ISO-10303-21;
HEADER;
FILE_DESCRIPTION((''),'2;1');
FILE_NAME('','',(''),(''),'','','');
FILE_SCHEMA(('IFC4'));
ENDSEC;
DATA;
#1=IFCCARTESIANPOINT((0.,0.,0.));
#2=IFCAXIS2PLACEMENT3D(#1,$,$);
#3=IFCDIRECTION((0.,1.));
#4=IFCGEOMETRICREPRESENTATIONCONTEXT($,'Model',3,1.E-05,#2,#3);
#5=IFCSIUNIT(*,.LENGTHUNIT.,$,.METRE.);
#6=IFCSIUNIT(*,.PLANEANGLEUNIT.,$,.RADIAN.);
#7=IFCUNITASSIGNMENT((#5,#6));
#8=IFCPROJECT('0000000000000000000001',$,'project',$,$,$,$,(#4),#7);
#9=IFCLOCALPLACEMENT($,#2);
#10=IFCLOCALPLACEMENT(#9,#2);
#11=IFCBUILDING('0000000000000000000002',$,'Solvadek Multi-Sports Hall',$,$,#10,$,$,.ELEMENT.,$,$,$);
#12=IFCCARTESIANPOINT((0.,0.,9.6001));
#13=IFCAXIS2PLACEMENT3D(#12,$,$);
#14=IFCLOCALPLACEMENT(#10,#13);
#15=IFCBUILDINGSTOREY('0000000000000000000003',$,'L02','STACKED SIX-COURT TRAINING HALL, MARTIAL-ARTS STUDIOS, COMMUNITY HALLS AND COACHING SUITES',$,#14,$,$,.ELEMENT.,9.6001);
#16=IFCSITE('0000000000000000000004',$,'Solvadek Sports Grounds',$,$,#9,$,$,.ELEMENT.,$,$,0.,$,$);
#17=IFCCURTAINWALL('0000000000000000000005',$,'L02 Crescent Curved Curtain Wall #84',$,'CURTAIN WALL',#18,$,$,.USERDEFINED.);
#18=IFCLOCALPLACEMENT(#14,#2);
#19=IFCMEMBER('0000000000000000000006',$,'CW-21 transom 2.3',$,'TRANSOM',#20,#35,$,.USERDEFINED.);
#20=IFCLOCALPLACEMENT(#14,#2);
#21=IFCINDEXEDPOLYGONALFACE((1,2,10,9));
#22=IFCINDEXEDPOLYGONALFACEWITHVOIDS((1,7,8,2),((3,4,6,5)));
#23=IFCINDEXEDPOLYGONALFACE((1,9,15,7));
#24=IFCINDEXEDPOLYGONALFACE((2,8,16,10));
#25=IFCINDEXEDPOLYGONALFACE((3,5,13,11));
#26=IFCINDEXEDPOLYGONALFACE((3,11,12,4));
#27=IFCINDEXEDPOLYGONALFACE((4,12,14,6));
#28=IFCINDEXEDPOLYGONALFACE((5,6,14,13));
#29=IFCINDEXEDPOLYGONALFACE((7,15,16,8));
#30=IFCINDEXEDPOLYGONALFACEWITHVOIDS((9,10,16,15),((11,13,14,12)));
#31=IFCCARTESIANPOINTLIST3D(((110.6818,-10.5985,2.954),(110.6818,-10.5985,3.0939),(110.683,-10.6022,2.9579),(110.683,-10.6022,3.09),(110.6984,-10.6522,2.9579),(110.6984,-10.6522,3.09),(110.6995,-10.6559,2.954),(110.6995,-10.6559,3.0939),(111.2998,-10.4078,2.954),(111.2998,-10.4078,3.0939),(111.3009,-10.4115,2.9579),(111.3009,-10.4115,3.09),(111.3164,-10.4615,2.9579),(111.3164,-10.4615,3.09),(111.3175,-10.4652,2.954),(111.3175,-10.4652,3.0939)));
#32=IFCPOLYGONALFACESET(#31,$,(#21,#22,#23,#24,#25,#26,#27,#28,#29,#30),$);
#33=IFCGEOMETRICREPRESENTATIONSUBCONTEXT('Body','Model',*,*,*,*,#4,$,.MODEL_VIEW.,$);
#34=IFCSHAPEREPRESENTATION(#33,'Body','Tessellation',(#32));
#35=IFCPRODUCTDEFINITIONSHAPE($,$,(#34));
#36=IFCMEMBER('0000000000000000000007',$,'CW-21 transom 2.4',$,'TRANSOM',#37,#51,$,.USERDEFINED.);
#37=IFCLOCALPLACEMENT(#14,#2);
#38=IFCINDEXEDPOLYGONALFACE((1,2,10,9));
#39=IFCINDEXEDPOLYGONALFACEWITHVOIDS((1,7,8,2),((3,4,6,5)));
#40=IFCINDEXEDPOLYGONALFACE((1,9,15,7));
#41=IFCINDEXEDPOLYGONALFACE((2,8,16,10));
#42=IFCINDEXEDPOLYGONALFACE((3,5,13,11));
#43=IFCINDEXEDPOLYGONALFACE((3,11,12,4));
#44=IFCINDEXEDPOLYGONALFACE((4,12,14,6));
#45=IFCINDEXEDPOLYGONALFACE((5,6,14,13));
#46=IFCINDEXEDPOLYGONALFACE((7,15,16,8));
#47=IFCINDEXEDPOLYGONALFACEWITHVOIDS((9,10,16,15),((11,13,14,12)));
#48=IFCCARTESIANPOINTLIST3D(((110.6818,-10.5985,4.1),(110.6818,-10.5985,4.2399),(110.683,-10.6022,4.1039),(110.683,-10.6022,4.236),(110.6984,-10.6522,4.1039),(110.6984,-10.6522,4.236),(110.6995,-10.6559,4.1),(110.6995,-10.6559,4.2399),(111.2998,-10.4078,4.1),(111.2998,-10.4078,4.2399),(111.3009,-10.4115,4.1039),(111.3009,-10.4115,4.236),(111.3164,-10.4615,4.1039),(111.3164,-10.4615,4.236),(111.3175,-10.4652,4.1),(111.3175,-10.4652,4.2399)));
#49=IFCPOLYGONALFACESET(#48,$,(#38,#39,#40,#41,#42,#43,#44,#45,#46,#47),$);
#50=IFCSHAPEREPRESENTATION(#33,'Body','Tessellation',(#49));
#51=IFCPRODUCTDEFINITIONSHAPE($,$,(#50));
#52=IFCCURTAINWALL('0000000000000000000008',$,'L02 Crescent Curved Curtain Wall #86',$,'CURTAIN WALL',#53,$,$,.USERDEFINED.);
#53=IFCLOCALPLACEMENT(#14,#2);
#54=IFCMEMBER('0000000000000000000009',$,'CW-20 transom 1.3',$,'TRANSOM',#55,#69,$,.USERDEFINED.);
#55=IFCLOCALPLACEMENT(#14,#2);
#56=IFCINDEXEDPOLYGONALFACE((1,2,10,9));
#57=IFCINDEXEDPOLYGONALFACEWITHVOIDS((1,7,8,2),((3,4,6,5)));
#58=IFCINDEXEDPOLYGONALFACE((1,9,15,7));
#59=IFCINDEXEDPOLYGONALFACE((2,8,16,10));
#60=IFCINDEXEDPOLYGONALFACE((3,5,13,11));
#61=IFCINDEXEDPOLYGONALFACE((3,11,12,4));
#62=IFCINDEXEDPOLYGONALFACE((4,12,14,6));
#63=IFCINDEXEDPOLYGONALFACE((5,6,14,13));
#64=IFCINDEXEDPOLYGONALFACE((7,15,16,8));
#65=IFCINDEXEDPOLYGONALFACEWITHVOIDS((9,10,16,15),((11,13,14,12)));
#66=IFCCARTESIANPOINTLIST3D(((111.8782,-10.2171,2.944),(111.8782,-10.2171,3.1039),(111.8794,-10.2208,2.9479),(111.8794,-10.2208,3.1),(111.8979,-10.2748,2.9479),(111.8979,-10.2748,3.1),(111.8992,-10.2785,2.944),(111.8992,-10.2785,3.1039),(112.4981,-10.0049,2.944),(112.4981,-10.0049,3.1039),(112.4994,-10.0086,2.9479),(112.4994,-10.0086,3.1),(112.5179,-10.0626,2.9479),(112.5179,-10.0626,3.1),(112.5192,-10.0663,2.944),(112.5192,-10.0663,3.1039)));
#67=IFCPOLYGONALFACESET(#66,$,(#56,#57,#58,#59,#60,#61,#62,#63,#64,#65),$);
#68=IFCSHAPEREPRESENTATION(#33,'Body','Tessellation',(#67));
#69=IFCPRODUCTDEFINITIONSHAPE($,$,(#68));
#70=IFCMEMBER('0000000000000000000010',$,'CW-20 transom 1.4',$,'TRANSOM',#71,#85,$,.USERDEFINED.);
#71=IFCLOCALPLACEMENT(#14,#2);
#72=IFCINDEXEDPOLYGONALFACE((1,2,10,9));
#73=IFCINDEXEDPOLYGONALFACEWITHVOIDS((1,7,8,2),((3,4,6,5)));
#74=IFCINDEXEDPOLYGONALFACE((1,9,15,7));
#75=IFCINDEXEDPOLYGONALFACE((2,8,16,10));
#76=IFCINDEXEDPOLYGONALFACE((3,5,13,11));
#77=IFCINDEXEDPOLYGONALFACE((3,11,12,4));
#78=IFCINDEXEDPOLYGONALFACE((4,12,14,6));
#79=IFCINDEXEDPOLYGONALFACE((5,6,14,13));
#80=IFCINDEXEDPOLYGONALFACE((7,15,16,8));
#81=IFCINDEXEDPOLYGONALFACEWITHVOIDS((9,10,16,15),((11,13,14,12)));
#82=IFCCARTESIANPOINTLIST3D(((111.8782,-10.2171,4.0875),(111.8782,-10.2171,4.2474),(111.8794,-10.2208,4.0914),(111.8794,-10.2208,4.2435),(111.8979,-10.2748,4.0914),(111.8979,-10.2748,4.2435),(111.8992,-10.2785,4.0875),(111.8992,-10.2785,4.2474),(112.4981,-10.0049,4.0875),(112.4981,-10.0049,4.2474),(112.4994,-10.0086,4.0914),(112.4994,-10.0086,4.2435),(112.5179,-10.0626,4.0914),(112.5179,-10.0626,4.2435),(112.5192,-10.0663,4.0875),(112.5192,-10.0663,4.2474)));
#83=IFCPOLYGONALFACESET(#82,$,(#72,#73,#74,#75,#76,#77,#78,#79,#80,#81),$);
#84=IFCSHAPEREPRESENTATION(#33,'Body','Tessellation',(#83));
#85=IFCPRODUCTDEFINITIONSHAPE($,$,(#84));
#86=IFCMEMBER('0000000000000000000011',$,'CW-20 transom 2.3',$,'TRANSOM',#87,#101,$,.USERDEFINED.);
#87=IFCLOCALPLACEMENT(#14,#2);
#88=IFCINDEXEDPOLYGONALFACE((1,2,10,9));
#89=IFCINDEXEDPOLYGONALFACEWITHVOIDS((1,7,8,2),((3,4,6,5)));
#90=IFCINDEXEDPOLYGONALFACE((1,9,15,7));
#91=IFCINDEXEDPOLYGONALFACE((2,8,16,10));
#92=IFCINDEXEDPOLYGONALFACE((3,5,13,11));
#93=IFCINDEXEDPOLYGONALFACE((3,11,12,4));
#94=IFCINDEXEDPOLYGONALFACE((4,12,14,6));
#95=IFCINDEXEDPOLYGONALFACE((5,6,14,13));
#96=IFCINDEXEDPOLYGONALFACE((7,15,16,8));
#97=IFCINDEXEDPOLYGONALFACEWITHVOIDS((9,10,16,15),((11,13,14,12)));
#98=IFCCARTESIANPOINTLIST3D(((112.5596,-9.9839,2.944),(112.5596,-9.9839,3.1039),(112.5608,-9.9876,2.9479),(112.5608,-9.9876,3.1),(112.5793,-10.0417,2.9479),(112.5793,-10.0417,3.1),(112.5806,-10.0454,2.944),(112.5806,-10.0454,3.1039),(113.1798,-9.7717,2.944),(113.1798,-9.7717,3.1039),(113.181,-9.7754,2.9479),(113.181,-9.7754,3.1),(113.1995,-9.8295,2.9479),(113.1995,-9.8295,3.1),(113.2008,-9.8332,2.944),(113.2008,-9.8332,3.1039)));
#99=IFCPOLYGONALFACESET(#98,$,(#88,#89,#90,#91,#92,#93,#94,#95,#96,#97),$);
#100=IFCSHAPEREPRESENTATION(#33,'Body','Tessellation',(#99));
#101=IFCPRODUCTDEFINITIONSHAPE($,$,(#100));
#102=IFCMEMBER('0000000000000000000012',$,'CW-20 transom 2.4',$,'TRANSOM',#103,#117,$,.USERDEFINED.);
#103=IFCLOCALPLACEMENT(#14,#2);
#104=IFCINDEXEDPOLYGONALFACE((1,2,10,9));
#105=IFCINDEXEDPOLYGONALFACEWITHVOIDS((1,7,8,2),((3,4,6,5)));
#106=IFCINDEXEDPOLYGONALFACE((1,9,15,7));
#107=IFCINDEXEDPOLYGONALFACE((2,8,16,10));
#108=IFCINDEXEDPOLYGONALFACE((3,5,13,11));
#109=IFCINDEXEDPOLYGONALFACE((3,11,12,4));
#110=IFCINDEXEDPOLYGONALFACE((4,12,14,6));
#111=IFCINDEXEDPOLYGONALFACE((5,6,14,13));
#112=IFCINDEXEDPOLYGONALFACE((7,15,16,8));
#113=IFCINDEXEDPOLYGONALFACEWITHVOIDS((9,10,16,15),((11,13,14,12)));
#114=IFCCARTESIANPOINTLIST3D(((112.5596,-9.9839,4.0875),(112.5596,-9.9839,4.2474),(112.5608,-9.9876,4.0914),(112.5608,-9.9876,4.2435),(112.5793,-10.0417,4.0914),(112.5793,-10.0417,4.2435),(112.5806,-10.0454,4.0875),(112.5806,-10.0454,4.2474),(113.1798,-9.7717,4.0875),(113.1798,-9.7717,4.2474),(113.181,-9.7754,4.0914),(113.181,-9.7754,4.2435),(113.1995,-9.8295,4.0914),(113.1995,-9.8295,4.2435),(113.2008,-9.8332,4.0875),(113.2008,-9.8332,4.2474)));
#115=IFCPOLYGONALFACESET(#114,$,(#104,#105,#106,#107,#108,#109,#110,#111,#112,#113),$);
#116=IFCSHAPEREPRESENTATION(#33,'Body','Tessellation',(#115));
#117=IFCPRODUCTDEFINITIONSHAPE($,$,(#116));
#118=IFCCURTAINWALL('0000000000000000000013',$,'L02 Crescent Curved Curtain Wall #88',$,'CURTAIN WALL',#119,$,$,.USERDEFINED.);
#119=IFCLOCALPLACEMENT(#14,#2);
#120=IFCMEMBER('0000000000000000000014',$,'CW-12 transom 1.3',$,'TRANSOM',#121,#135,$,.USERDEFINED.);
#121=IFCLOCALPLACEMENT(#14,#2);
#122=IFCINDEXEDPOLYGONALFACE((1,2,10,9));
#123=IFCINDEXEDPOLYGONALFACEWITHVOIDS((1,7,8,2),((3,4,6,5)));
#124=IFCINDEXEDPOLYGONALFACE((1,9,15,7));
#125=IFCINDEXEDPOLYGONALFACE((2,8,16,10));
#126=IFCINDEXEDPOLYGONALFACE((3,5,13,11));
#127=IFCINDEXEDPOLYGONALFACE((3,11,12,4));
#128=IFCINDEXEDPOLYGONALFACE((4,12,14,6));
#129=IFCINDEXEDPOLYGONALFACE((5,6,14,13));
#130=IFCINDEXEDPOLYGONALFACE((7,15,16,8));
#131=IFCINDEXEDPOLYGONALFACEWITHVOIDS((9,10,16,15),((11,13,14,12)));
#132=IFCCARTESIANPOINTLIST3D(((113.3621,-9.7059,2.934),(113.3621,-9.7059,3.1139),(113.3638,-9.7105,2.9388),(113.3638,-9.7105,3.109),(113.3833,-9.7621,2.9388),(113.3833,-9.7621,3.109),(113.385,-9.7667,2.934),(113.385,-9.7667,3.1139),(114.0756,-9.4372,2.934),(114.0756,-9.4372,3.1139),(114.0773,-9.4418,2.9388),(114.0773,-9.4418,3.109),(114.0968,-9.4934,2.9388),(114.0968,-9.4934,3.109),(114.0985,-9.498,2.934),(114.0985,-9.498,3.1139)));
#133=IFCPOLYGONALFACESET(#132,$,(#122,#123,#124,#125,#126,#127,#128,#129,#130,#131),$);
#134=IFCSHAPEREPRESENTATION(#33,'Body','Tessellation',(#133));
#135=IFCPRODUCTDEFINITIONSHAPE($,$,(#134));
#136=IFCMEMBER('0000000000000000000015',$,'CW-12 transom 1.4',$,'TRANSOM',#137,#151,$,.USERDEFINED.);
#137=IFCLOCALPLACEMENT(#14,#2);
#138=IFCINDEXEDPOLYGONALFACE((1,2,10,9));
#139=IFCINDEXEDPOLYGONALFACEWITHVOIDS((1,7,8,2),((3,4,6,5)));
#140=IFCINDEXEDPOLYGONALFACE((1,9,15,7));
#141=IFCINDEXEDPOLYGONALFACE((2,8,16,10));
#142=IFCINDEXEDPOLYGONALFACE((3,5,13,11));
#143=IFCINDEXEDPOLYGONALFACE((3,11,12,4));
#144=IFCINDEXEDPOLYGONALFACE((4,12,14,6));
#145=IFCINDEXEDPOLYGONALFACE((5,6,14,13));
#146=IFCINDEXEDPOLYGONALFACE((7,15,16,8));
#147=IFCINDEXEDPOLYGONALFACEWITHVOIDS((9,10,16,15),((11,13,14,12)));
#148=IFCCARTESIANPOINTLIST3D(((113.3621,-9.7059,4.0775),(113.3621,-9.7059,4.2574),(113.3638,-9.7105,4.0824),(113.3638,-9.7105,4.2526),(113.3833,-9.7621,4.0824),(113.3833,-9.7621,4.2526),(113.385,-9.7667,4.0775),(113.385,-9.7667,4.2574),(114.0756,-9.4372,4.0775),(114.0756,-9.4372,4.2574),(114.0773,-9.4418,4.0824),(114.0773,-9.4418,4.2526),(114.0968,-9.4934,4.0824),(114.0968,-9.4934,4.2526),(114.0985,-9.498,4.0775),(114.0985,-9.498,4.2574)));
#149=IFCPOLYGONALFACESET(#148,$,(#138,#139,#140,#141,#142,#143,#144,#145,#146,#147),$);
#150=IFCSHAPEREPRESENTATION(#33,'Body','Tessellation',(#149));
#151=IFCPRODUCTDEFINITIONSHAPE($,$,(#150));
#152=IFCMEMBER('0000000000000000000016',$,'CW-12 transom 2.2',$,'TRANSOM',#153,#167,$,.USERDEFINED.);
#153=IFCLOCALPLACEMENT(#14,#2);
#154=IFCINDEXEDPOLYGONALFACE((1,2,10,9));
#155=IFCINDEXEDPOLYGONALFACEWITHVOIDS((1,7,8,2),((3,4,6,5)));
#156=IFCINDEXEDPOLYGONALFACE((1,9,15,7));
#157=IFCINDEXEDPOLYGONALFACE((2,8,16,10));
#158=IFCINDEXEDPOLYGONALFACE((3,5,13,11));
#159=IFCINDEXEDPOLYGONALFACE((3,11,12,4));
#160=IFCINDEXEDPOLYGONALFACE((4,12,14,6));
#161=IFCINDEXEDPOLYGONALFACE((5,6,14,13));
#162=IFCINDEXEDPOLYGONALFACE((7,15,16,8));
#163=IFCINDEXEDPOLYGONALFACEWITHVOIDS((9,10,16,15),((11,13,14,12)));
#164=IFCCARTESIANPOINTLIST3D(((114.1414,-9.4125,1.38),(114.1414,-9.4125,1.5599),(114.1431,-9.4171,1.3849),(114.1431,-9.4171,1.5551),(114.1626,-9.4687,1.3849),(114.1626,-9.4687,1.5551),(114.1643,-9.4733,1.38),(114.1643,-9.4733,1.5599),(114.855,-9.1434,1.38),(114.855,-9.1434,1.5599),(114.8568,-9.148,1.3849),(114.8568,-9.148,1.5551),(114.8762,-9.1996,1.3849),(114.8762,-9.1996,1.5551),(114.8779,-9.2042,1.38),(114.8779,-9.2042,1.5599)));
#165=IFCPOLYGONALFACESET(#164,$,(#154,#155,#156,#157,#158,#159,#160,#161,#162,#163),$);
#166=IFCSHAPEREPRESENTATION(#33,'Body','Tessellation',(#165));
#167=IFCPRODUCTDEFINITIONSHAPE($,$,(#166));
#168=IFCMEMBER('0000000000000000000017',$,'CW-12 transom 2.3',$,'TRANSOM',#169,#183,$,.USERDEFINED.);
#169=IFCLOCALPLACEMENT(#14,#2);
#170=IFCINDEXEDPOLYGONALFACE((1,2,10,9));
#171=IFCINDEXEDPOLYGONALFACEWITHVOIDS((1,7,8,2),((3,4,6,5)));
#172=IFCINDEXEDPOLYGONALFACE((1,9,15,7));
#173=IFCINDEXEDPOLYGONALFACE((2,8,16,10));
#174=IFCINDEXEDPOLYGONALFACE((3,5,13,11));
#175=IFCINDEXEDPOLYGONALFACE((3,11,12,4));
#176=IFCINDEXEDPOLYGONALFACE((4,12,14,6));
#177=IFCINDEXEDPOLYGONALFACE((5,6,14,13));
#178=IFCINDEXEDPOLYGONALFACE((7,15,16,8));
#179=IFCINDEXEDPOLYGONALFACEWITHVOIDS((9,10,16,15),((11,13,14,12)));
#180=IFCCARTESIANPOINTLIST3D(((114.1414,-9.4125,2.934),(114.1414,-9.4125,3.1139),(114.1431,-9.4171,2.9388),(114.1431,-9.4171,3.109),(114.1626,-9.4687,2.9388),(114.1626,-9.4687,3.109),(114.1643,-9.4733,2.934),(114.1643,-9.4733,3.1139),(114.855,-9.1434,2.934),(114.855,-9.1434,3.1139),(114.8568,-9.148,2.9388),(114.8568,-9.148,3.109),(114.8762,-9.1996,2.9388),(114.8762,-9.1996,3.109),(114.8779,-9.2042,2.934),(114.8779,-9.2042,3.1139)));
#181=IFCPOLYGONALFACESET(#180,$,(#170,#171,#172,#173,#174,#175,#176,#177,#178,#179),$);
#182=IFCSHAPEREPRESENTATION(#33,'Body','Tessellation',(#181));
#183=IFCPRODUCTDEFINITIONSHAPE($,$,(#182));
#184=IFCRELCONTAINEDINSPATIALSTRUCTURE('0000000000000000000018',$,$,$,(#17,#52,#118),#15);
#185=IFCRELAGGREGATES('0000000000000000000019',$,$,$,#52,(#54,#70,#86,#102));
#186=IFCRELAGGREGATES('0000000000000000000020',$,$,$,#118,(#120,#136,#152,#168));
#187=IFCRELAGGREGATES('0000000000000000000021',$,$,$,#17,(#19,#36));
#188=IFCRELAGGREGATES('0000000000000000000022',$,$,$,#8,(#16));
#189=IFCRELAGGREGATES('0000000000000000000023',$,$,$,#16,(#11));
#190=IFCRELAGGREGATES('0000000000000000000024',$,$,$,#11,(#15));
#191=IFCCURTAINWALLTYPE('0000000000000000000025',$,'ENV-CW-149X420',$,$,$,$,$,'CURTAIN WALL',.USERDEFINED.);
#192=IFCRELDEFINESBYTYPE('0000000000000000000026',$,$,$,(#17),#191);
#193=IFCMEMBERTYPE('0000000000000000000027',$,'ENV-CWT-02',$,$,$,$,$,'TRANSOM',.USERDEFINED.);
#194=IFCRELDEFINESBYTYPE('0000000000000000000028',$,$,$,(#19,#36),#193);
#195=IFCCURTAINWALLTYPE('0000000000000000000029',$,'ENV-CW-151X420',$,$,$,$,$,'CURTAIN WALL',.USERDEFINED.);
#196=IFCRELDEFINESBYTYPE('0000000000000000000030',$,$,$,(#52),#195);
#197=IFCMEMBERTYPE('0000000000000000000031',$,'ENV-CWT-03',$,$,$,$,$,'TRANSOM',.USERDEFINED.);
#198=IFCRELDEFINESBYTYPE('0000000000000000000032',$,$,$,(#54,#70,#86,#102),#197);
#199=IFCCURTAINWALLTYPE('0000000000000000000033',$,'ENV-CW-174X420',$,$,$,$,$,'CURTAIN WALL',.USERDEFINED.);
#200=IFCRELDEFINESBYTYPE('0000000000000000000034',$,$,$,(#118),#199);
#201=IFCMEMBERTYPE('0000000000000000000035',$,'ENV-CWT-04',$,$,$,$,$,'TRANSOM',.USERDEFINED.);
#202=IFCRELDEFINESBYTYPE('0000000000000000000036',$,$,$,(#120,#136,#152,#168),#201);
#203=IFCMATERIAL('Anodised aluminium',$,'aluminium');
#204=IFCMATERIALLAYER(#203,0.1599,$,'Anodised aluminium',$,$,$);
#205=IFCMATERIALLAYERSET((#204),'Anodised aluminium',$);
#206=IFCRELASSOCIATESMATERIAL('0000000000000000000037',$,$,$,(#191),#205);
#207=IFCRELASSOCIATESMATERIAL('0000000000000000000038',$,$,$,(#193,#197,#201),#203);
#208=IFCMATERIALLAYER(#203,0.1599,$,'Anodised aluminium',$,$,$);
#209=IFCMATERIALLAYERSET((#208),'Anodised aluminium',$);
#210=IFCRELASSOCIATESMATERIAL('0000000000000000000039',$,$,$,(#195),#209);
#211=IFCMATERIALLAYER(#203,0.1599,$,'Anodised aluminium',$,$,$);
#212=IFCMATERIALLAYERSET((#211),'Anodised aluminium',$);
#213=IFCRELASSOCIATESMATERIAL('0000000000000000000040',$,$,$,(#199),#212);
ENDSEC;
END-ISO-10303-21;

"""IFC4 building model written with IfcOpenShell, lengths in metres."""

from ifc_helpers import new_model, si_unit, direction, frame, origin, origin_2d, place, context, subcontext, project, spatial, hollow_rectangle, extrude, material, layer, layer_set, material_profile, profile_set, type_object, element, aggregate, save


model = new_model("IFC4")

# Units and contexts
model_context = context("Model", 3, precision=1e-05, world=origin(), true_north=direction((0.0, 1.0)))
body_context = subcontext(model_context, "Body", "Model", "MODEL_VIEW")
ifc_project = project(units=[si_unit("LENGTHUNIT", "METRE"), si_unit("PLANEANGLEUNIT", "RADIAN")], contexts=[model_context])

# Site, building, storey
site_placement = place(None, origin())
site = spatial("IfcSite", under=ifc_project, at=site_placement, Name="Solvadek Sports Grounds", CompositionType="ELEMENT", RefElevation=0.0)
building_placement = place(site_placement, origin())
building = spatial("IfcBuilding", under=site, at=building_placement, Name="Solvadek Multi-Sports Hall", CompositionType="ELEMENT")
storey_placement = place(building_placement, frame((0.0, 0.0, 9.6001)))
storey = spatial("IfcBuildingStorey", under=building, at=storey_placement, Name="L02", Description="STACKED SIX-COURT TRAINING HALL, MARTIAL-ARTS STUDIOS, COMMUNITY HALLS AND COACHING SUITES", CompositionType="ELEMENT", Elevation=9.6001)

# Curtain walls, members
ifc_material_1 = material(Name="Anodised aluminium", Category="aluminium")
ifc_layer_1 = layer(ifc_material_1, 0.1599, Name="Anodised aluminium")
ifc_layer_set_1 = layer_set([ifc_layer_1], Name="Anodised aluminium")
curtain_wall_type_1 = type_object("IfcCurtainWallType", Name="ENV-CW-149X420", ElementType="CURTAIN WALL", PredefinedType="USERDEFINED", material=ifc_layer_set_1)
curtain_wall_1_placement = place(storey_placement, origin())
curtain_wall_1 = element("IfcCurtainWall", 1, at=curtain_wall_1_placement, inside=storey, type_object=curtain_wall_type_1, Name="L02 Crescent Curved Curtain Wall #84", ObjectType="CURTAIN WALL", PredefinedType="USERDEFINED")
ifc_material_profile_1 = material_profile(ifc_material_1, hollow_rectangle(XDim=0.0601, YDim=0.1399, WallThickness=0.0039, at=origin_2d()), Name="ALU-T 140x60x4")
ifc_profile_set_1 = profile_set([ifc_material_profile_1], Name="Anodised aluminium")
member_type_1 = type_object("IfcMemberType", Name="ENV-CWT-02", ElementType="TRANSOM", PredefinedType="USERDEFINED", material=ifc_profile_set_1)
member_1_placement = place(storey_placement, frame((110.6907, -10.6272, 3.0239), z_axis=(0.955542, 0.294855, 0.0), x_axis=(-0.294855, 0.955542, 0.0)))
member_1 = element("IfcMember", 2, at=member_1_placement, type_object=member_type_1, Name="CW-21 transom 2.3", ObjectType="TRANSOM", PredefinedType="USERDEFINED", context=body_context, shape_type="SweptSolid", body=[
    extrude(hollow_rectangle(XDim=0.0601, YDim=0.1399, WallThickness=0.0039, at=origin_2d()), origin(), (0.0, 0.0, 1.0), 0.6467),
])
member_2_placement = place(storey_placement, frame((110.6907, -10.6272, 4.1699), z_axis=(0.955542, 0.294855, 0.0), x_axis=(-0.294855, 0.955542, 0.0)))
member_2 = element("IfcMember", 3, at=member_2_placement, type_object=member_type_1, Name="CW-21 transom 2.4", ObjectType="TRANSOM", PredefinedType="USERDEFINED", context=body_context, shape_type="SweptSolid", body=[
    extrude(hollow_rectangle(XDim=0.0601, YDim=0.1399, WallThickness=0.0039, at=origin_2d()), origin(), (0.0, 0.0, 1.0), 0.6467),
])
ifc_layer_2 = layer(ifc_material_1, 0.1599, Name="Anodised aluminium")
ifc_layer_set_2 = layer_set([ifc_layer_2], Name="Anodised aluminium")
curtain_wall_type_2 = type_object("IfcCurtainWallType", Name="ENV-CW-151X420", ElementType="CURTAIN WALL", PredefinedType="USERDEFINED", material=ifc_layer_set_2)
curtain_wall_2_placement = place(storey_placement, origin())
curtain_wall_2 = element("IfcCurtainWall", 4, at=curtain_wall_2_placement, inside=storey, type_object=curtain_wall_type_2, Name="L02 Crescent Curved Curtain Wall #86", ObjectType="CURTAIN WALL", PredefinedType="USERDEFINED")
ifc_material_profile_2 = material_profile(ifc_material_1, hollow_rectangle(XDim=0.0649, YDim=0.1599, WallThickness=0.0039, at=origin_2d()), Name="ALU-T 160x65x4")
ifc_profile_set_2 = profile_set([ifc_material_profile_2], Name="Anodised aluminium")
member_type_2 = type_object("IfcMemberType", Name="ENV-CWT-03", ElementType="TRANSOM", PredefinedType="USERDEFINED", material=ifc_profile_set_2)
member_3_placement = place(storey_placement, frame((111.8887, -10.2478, 3.0239), z_axis=(0.946119, 0.323819, 0.0), x_axis=(-0.323819, 0.946119, 0.0)))
member_3 = element("IfcMember", 5, at=member_3_placement, type_object=member_type_2, Name="CW-20 transom 1.3", ObjectType="TRANSOM", PredefinedType="USERDEFINED", context=body_context, shape_type="SweptSolid", body=[
    extrude(hollow_rectangle(XDim=0.0649, YDim=0.1599, WallThickness=0.0039, at=origin_2d()), origin(), (0.0, 0.0, 1.0), 0.6553),
])
member_4_placement = place(storey_placement, frame((111.8887, -10.2478, 4.1675), z_axis=(0.946119, 0.323819, 0.0), x_axis=(-0.323819, 0.946119, 0.0)))
member_4 = element("IfcMember", 6, at=member_4_placement, type_object=member_type_2, Name="CW-20 transom 1.4", ObjectType="TRANSOM", PredefinedType="USERDEFINED", context=body_context, shape_type="SweptSolid", body=[
    extrude(hollow_rectangle(XDim=0.0649, YDim=0.1599, WallThickness=0.0039, at=origin_2d()), origin(), (0.0, 0.0, 1.0), 0.6553),
])
member_5_placement = place(storey_placement, frame((112.5701, -10.0146, 3.0239), z_axis=(0.946158, 0.323705, 0.0), x_axis=(-0.323705, 0.946158, 0.0)))
member_5 = element("IfcMember", 7, at=member_5_placement, type_object=member_type_2, Name="CW-20 transom 2.3", ObjectType="TRANSOM", PredefinedType="USERDEFINED", context=body_context, shape_type="SweptSolid", body=[
    extrude(hollow_rectangle(XDim=0.0649, YDim=0.1599, WallThickness=0.0039, at=origin_2d()), origin(), (0.0, 0.0, 1.0), 0.6555),
])
member_6_placement = place(storey_placement, frame((112.5701, -10.0146, 4.1675), z_axis=(0.946158, 0.323705, 0.0), x_axis=(-0.323705, 0.946158, 0.0)))
member_6 = element("IfcMember", 8, at=member_6_placement, type_object=member_type_2, Name="CW-20 transom 2.4", ObjectType="TRANSOM", PredefinedType="USERDEFINED", context=body_context, shape_type="SweptSolid", body=[
    extrude(hollow_rectangle(XDim=0.0649, YDim=0.1599, WallThickness=0.0039, at=origin_2d()), origin(), (0.0, 0.0, 1.0), 0.6555),
])
ifc_layer_3 = layer(ifc_material_1, 0.1599, Name="Anodised aluminium")
ifc_layer_set_3 = layer_set([ifc_layer_3], Name="Anodised aluminium")
curtain_wall_type_3 = type_object("IfcCurtainWallType", Name="ENV-CW-174X420", ElementType="CURTAIN WALL", PredefinedType="USERDEFINED", material=ifc_layer_set_3)
curtain_wall_3_placement = place(storey_placement, origin())
curtain_wall_3 = element("IfcCurtainWall", 9, at=curtain_wall_3_placement, inside=storey, type_object=curtain_wall_type_3, Name="L02 Crescent Curved Curtain Wall #88", ObjectType="CURTAIN WALL", PredefinedType="USERDEFINED")
ifc_material_profile_3 = material_profile(ifc_material_1, hollow_rectangle(XDim=0.0649, YDim=0.1799, WallThickness=0.0049, at=origin_2d()), Name="ALU-T 180x65x5")
ifc_profile_set_3 = profile_set([ifc_material_profile_3], Name="Anodised aluminium")
member_type_3 = type_object("IfcMemberType", Name="ENV-CWT-04", ElementType="TRANSOM", PredefinedType="USERDEFINED", material=ifc_profile_set_3)
member_7_placement = place(storey_placement, frame((113.3735, -9.7363, 3.0239), z_axis=(0.935815, 0.352491, 0.0), x_axis=(-0.352491, 0.935815, 0.0)))
member_7 = element("IfcMember", 10, at=member_7_placement, type_object=member_type_3, Name="CW-12 transom 1.3", ObjectType="TRANSOM", PredefinedType="USERDEFINED", context=body_context, shape_type="SweptSolid", body=[
    extrude(hollow_rectangle(XDim=0.0649, YDim=0.1799, WallThickness=0.0049, at=origin_2d()), origin(), (0.0, 0.0, 1.0), 0.7625),
])
member_8_placement = place(storey_placement, frame((113.3735, -9.7363, 4.1675), z_axis=(0.935815, 0.352491, 0.0), x_axis=(-0.352491, 0.935815, 0.0)))
member_8 = element("IfcMember", 11, at=member_8_placement, type_object=member_type_3, Name="CW-12 transom 1.4", ObjectType="TRANSOM", PredefinedType="USERDEFINED", context=body_context, shape_type="SweptSolid", body=[
    extrude(hollow_rectangle(XDim=0.0649, YDim=0.1799, WallThickness=0.0049, at=origin_2d()), origin(), (0.0, 0.0, 1.0), 0.7625),
])
member_9_placement = place(storey_placement, frame((114.1528, -9.4429, 1.47), z_axis=(0.935709, 0.352772, 0.0), x_axis=(-0.352772, 0.935709, 0.0)))
member_9 = element("IfcMember", 12, at=member_9_placement, type_object=member_type_3, Name="CW-12 transom 2.2", ObjectType="TRANSOM", PredefinedType="USERDEFINED", context=body_context, shape_type="SweptSolid", body=[
    extrude(hollow_rectangle(XDim=0.0649, YDim=0.1799, WallThickness=0.0049, at=origin_2d()), origin(), (0.0, 0.0, 1.0), 0.7627),
])
member_10_placement = place(storey_placement, frame((114.1528, -9.4429, 3.0239), z_axis=(0.935709, 0.352772, 0.0), x_axis=(-0.352772, 0.935709, 0.0)))
member_10 = element("IfcMember", 13, at=member_10_placement, type_object=member_type_3, Name="CW-12 transom 2.3", ObjectType="TRANSOM", PredefinedType="USERDEFINED", context=body_context, shape_type="SweptSolid", body=[
    extrude(hollow_rectangle(XDim=0.0649, YDim=0.1799, WallThickness=0.0049, at=origin_2d()), origin(), (0.0, 0.0, 1.0), 0.7627),
])

aggregate(curtain_wall_2, [member_3, member_4, member_5, member_6])
aggregate(curtain_wall_3, [member_7, member_8, member_9, member_10])
aggregate(curtain_wall_1, [member_1, member_2])

save(model, "model.ifc")
